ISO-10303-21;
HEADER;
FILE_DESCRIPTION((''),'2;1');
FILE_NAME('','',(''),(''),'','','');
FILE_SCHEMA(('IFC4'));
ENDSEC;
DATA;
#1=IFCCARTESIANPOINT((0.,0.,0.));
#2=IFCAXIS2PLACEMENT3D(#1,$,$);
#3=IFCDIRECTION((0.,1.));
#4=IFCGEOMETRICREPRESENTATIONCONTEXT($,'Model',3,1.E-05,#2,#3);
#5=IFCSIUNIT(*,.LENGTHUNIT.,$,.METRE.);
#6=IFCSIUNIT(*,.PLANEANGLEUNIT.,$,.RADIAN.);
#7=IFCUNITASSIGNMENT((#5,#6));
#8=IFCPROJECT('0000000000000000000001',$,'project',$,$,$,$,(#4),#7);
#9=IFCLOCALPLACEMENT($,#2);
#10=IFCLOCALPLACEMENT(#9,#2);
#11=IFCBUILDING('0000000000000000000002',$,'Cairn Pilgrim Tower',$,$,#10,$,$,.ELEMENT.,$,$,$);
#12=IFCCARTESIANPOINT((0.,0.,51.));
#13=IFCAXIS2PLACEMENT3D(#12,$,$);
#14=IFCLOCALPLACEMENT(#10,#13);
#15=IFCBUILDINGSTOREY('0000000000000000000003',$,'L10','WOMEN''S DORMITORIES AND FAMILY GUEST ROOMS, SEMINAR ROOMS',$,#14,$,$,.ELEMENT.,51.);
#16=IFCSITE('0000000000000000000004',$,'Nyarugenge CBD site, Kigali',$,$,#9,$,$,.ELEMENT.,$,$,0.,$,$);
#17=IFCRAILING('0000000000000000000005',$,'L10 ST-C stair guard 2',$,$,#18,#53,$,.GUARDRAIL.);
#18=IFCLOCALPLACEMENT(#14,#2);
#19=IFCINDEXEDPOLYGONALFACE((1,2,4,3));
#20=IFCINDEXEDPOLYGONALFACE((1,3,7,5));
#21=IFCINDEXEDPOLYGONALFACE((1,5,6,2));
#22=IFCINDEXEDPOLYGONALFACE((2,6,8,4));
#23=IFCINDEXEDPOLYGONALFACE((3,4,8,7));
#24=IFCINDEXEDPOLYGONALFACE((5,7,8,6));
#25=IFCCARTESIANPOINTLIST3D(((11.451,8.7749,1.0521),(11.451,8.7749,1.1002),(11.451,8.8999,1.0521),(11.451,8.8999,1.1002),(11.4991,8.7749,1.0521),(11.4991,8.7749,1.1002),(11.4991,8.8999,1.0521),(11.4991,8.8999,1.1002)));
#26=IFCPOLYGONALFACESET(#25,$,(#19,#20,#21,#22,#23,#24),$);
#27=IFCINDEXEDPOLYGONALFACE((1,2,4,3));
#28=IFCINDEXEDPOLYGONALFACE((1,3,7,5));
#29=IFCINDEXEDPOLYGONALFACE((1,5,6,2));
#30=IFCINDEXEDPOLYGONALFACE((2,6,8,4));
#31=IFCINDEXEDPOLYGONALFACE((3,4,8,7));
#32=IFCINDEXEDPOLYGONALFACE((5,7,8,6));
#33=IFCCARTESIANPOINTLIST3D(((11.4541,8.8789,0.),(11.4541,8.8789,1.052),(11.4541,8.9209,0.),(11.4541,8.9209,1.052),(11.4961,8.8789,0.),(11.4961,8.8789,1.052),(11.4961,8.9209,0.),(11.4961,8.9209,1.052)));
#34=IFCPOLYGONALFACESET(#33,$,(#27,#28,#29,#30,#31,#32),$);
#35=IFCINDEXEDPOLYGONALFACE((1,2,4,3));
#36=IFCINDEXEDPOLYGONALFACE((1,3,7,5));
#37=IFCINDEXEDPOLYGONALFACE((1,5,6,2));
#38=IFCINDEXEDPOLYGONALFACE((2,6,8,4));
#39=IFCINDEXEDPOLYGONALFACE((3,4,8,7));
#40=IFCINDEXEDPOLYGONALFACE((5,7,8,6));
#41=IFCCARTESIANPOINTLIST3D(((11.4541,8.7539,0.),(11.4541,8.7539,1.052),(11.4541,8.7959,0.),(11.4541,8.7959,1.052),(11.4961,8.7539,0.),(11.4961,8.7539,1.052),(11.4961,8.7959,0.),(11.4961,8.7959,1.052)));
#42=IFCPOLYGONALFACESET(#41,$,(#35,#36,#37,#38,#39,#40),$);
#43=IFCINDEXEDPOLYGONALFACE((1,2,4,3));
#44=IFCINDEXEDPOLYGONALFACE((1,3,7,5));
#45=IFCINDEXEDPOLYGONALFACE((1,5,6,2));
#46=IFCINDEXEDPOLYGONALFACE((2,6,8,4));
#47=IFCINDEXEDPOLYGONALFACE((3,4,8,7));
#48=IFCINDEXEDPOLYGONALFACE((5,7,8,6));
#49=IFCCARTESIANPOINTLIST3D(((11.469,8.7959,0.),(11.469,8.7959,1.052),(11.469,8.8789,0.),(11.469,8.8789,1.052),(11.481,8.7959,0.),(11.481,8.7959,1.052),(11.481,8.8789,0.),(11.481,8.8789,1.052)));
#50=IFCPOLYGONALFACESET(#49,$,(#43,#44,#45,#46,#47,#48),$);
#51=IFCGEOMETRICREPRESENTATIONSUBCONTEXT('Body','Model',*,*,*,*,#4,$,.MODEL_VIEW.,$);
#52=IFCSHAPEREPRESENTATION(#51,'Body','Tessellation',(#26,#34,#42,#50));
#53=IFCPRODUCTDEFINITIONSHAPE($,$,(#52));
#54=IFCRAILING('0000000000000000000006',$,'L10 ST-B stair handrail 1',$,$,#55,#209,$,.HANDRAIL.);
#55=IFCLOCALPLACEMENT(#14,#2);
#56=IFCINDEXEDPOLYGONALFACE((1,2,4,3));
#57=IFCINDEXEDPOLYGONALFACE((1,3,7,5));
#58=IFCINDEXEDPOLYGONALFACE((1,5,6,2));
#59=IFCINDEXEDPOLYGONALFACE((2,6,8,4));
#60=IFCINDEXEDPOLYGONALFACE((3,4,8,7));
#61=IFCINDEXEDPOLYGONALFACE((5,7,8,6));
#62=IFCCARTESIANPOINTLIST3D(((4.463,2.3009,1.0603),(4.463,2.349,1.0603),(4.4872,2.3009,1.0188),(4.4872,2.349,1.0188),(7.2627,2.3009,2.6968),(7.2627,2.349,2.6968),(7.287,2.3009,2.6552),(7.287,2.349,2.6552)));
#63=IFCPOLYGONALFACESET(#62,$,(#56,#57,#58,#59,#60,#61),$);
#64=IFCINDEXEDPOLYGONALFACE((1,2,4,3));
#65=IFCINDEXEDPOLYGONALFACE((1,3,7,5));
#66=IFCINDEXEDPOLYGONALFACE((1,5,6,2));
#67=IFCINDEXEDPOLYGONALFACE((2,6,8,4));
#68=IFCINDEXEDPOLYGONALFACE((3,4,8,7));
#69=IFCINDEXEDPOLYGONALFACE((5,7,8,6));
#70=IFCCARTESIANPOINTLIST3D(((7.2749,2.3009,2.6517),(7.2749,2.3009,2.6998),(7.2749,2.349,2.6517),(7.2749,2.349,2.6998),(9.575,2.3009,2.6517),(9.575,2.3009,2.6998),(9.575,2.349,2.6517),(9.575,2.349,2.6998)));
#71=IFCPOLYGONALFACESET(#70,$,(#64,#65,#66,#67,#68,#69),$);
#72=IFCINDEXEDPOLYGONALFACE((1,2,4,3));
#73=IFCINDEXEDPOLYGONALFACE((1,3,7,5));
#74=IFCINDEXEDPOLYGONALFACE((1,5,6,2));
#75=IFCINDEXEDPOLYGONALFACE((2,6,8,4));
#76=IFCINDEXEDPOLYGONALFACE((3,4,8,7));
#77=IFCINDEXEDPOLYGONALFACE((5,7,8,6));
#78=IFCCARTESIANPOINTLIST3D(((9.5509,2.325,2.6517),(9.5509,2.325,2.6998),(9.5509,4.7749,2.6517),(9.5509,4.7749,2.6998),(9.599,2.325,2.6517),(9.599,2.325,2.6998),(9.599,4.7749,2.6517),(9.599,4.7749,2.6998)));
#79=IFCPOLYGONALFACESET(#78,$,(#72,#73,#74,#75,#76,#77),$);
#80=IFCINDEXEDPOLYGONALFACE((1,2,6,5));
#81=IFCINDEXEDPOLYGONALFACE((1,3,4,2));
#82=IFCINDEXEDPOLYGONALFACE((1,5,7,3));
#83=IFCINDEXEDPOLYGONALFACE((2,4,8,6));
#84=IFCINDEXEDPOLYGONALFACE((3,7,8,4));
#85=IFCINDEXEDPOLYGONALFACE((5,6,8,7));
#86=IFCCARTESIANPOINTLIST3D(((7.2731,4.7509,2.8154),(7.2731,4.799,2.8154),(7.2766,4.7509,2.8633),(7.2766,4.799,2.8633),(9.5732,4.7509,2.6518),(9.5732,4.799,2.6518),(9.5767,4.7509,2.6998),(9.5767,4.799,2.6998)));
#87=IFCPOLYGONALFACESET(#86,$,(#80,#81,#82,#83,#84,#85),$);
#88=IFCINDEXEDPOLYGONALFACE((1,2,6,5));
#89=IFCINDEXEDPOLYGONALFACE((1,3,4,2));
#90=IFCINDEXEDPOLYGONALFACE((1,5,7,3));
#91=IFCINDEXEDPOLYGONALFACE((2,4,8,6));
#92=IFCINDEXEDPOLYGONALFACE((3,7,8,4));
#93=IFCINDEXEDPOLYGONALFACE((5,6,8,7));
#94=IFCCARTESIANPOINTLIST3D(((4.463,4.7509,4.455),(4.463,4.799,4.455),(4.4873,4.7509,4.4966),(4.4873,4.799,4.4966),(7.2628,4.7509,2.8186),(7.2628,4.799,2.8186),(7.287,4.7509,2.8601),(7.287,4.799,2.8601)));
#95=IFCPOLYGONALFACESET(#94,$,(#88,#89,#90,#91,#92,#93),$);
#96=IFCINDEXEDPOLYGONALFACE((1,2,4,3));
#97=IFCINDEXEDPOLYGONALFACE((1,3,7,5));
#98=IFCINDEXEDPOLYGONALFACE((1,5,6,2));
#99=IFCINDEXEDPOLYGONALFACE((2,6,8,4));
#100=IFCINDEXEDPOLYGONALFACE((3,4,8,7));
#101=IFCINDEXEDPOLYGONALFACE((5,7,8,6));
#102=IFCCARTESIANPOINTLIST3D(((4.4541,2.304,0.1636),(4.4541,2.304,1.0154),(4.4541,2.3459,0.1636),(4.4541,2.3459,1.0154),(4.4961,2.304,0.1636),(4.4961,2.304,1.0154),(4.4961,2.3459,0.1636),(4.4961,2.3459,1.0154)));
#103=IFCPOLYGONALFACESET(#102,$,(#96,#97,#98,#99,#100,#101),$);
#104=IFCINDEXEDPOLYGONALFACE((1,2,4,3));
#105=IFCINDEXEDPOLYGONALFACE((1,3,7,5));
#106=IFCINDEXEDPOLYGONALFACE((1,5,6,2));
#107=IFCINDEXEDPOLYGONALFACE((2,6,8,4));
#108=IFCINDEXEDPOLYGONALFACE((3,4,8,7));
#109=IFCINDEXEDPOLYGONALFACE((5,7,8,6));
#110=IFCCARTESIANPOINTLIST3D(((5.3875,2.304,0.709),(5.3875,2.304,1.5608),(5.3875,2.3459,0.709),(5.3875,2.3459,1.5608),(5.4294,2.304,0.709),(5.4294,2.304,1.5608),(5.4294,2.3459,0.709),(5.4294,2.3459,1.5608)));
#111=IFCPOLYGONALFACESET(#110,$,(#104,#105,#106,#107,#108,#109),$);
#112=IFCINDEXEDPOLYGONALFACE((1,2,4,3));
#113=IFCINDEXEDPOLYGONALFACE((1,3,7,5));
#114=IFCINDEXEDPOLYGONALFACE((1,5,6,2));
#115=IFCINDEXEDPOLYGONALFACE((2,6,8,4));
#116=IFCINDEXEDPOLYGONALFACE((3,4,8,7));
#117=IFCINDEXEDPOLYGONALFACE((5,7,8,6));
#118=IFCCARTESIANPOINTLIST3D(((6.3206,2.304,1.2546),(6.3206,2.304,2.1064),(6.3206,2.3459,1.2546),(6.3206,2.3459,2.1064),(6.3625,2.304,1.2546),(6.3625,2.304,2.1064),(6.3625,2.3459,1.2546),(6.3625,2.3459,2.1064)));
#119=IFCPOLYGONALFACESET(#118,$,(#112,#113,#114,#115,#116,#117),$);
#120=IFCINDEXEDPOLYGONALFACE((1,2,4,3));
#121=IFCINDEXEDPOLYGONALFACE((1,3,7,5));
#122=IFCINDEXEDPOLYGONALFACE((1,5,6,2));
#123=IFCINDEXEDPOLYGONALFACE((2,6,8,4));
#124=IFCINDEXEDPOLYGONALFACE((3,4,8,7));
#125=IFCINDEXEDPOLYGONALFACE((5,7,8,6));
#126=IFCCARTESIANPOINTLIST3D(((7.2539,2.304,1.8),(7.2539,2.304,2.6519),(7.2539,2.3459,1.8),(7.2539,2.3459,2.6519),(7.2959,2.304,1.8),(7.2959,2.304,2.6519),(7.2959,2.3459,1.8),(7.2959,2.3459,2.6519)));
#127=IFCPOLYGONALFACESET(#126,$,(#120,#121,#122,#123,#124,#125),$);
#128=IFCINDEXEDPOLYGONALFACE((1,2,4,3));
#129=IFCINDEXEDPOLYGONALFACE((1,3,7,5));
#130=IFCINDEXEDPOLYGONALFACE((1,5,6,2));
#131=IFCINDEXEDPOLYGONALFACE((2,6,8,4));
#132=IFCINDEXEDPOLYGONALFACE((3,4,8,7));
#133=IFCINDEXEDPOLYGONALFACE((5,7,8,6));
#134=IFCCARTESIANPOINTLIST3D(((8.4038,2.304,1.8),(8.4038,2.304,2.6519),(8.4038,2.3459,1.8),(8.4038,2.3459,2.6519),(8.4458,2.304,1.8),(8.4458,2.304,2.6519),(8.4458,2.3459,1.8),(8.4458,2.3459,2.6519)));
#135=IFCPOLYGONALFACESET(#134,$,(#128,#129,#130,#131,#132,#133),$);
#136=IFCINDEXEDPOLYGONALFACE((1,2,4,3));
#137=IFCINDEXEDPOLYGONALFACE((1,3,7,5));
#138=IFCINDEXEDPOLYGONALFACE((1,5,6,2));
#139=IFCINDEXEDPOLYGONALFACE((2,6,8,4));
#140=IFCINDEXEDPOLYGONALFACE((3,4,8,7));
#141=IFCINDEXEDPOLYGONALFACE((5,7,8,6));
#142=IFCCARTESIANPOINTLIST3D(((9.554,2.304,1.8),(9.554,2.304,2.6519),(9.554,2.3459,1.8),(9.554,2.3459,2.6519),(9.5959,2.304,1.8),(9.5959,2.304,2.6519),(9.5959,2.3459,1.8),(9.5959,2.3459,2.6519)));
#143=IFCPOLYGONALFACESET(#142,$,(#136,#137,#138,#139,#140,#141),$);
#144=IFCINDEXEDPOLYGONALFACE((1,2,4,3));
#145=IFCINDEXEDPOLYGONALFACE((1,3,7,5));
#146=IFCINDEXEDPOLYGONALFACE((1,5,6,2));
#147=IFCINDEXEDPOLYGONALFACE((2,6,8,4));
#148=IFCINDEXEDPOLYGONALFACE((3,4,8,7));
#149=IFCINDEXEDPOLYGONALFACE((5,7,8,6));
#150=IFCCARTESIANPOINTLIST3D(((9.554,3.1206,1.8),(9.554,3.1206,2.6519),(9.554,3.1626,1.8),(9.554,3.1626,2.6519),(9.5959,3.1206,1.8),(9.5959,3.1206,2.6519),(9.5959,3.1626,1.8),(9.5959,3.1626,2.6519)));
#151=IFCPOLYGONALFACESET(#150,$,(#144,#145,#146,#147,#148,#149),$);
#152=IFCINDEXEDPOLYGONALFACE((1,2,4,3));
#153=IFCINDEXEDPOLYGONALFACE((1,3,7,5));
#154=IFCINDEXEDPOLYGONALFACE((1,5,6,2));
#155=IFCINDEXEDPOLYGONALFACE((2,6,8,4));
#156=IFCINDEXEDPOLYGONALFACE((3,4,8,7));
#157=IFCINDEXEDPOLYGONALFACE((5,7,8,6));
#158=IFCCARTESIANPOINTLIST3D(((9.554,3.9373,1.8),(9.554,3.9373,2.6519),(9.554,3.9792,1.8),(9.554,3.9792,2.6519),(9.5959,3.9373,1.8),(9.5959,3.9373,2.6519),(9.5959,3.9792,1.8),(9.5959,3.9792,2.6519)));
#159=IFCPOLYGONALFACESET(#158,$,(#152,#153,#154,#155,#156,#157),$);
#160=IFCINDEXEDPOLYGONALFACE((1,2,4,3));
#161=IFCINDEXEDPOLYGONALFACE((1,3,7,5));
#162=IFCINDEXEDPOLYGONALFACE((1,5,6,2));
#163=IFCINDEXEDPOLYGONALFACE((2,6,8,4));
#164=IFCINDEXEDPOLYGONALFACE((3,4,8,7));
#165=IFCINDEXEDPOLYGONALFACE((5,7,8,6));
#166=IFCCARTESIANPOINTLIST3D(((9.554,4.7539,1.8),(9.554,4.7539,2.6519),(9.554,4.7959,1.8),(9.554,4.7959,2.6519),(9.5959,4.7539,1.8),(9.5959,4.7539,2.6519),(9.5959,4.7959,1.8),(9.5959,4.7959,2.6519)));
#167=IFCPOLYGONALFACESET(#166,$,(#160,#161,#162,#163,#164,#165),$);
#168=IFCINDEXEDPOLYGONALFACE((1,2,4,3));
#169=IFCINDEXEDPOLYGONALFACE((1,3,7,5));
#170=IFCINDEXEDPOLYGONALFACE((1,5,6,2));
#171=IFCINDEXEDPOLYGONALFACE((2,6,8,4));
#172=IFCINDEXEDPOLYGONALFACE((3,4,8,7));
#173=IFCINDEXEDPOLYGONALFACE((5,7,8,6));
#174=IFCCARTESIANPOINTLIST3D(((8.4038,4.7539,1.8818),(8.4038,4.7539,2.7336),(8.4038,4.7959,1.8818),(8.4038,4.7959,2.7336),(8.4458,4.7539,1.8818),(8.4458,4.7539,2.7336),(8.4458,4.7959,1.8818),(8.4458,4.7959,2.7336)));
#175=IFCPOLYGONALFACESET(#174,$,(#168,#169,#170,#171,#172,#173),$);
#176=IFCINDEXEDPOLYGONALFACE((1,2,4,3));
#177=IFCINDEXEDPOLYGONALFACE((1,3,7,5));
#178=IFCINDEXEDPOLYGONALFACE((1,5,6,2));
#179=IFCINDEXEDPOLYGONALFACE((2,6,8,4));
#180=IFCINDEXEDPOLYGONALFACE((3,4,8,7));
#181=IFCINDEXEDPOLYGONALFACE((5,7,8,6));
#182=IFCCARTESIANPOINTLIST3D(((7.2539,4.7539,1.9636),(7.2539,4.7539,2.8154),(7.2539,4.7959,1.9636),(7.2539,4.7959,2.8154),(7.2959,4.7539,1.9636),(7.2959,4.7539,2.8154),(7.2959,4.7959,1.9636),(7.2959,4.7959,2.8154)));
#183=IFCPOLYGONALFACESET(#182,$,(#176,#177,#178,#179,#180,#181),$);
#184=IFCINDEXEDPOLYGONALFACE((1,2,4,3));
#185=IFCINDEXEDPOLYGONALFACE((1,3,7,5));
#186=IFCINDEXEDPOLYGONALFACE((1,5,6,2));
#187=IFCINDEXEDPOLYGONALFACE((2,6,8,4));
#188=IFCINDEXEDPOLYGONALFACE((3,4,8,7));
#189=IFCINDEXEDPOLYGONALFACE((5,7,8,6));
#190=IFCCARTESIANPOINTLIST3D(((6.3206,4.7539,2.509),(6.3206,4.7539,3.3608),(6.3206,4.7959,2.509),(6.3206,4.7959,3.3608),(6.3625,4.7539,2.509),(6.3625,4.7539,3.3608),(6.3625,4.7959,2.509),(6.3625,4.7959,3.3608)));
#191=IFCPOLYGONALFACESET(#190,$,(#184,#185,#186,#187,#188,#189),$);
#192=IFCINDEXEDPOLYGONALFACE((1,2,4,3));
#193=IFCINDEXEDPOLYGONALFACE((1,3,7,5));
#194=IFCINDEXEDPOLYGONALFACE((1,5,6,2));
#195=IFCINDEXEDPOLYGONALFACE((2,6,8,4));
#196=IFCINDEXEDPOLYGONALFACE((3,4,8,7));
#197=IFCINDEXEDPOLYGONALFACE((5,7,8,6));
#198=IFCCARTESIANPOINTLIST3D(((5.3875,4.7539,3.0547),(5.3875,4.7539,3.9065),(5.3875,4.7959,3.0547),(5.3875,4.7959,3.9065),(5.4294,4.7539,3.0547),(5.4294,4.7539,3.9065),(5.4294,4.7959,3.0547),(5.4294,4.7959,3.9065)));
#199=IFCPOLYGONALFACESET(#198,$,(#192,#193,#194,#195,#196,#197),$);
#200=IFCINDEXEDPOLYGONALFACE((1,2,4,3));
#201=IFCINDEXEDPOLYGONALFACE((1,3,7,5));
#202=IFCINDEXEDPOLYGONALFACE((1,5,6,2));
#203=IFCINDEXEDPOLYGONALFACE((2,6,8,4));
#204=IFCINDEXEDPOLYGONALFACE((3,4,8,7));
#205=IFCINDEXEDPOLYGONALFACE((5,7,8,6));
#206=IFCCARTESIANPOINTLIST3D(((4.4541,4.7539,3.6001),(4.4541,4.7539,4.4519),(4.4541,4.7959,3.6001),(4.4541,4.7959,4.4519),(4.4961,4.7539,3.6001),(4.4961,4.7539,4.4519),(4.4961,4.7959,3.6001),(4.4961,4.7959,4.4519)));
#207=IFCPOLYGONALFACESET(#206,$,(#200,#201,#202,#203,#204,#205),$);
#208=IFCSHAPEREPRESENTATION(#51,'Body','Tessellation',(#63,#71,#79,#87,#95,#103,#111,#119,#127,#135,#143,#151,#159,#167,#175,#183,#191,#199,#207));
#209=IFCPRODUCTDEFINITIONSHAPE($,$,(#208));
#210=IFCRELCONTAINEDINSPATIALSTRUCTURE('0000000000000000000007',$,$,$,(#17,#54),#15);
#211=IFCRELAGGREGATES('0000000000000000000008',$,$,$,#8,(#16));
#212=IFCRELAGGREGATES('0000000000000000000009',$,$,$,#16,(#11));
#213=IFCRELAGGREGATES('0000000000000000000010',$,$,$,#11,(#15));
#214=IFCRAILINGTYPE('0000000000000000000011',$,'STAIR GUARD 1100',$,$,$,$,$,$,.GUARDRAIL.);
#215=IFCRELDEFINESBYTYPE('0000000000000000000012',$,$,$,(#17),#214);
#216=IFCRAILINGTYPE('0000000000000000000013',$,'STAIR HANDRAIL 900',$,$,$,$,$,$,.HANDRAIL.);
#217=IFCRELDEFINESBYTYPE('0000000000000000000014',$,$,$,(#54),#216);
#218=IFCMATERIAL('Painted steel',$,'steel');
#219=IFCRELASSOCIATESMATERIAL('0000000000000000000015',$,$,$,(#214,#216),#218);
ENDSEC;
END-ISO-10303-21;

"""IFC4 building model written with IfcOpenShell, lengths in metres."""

from ifc_helpers import new_model, si_unit, direction, frame, origin, origin_2d, place, context, subcontext, project, spatial, polyline, rectangle, outline, extrude, material, type_object, element, save


model = new_model("IFC4")

# Units and contexts
model_context = context("Model", 3, precision=1e-05, world=origin(), true_north=direction((0.0, 1.0)))
body_context = subcontext(model_context, "Body", "Model", "MODEL_VIEW")
ifc_project = project(units=[si_unit("LENGTHUNIT", "METRE"), si_unit("PLANEANGLEUNIT", "RADIAN")], contexts=[model_context])

# Site, building, storey
site_placement = place(None, origin())
site = spatial("IfcSite", under=ifc_project, at=site_placement, Name="Nyarugenge CBD site, Kigali", CompositionType="ELEMENT", RefElevation=0.0)
building_placement = place(site_placement, origin())
building = spatial("IfcBuilding", under=site, at=building_placement, Name="Cairn Pilgrim Tower", CompositionType="ELEMENT")
storey_placement = place(building_placement, frame((0.0, 0.0, 51.0)))
storey = spatial("IfcBuildingStorey", under=building, at=storey_placement, Name="L10", Description="WOMEN'S DORMITORIES AND FAMILY GUEST ROOMS, SEMINAR ROOMS", CompositionType="ELEMENT", Elevation=51.0)

# Shared definitions
ifc_material_1 = material(Name="Painted steel", Category="steel")

# Railings
railing_type_1 = type_object("IfcRailingType", Name="STAIR GUARD 1100", PredefinedType="GUARDRAIL", material=ifc_material_1)
railing_1_placement = place(storey_placement, frame((11.4751, 8.8999, 0.0)))
element("IfcRailing", 1, at=railing_1_placement, inside=storey, type_object=railing_type_1, Name="L10 ST-C stair guard 2", PredefinedType="GUARDRAIL", context=body_context, shape_type="SweptSolid", body=[
    extrude(rectangle(XDim=0.0481, YDim=0.0481, at=origin_2d()), frame((0.0, 0.0, 1.0762), z_axis=(0.0, -1.0, 0.0), x_axis=(1.0, 0.0, 0.0)), (0.0, 0.0, 1.0), 0.125),
    extrude(rectangle(XDim=0.042, YDim=0.042, at=origin_2d()), origin(), (0.0, 0.0, 1.0), 1.052),
    extrude(rectangle(XDim=0.042, YDim=0.042, at=origin_2d()), frame((0.0, -0.125, 0.0)), (0.0, 0.0, 1.0), 1.052),
    extrude(outline(polyline([(0.021, 0.0), (0.104, 0.0), (0.104, 1.052), (0.021, 1.052), (0.021, 0.0)])), frame((0.0059, 0.0, 0.0), z_axis=(-1.0, 0.0, 0.0), x_axis=(0.0, -1.0, 0.0)), (0.0, 0.0, 1.0), 0.012),
])
railing_type_2 = type_object("IfcRailingType", Name="STAIR HANDRAIL 900", PredefinedType="HANDRAIL", material=ifc_material_1)
railing_2_placement = place(storey_placement, frame((4.4751, 2.325, 0.1636)))
element("IfcRailing", 2, at=railing_2_placement, inside=storey, type_object=railing_type_2, Name="L10 ST-B stair handrail 1", PredefinedType="HANDRAIL", context=body_context, shape_type="SweptSolid", body=[
    extrude(rectangle(XDim=0.0481, YDim=0.0481, at=origin_2d()), frame((0.0, 0.0, 0.876), z_axis=(0.863342, 0.0, 0.50462), x_axis=(0.0, 1.0, 0.0)), (0.0, 0.0, 1.0), 3.2429),
    extrude(rectangle(XDim=0.0481, YDim=0.0481, at=origin_2d()), frame((2.7998, 0.0, 2.5122), z_axis=(1.0, 0.0, 0.0), x_axis=(0.0, 1.0, 0.0)), (0.0, 0.0, 1.0), 2.3),
    extrude(rectangle(XDim=0.0481, YDim=0.0481, at=origin_2d()), frame((5.0999, 0.0, 2.5122), z_axis=(0.0, 1.0, 0.0), x_axis=(-1.0, 0.0, 0.0)), (0.0, 0.0, 1.0), 2.45),
    extrude(rectangle(XDim=0.0481, YDim=0.0481, at=origin_2d()), frame((5.0999, 2.45, 2.5122), z_axis=(-0.997481, 0.0, 0.070939), x_axis=(0.0, -1.0, 0.0)), (0.0, 0.0, 1.0), 2.3059),
    extrude(rectangle(XDim=0.0481, YDim=0.0481, at=origin_2d()), frame((2.7998, 2.45, 2.6758), z_axis=(-0.863342, 0.0, 0.50462), x_axis=(0.0, -1.0, 0.0)), (0.0, 0.0, 1.0), 3.2429),
    extrude(rectangle(XDim=0.042, YDim=0.042, at=origin_2d()), origin(), (0.0, 0.0, 1.0), 0.8518),
    extrude(rectangle(XDim=0.042, YDim=0.042, at=origin_2d()), frame((0.9333, 0.0, 0.5454)), (0.0, 0.0, 1.0), 0.8518),
    extrude(rectangle(XDim=0.042, YDim=0.042, at=origin_2d()), frame((1.8665, 0.0, 1.0911)), (0.0, 0.0, 1.0), 0.8518),
    extrude(rectangle(XDim=0.042, YDim=0.042, at=origin_2d()), frame((2.7998, 0.0, 1.6365)), (0.0, 0.0, 1.0), 0.8518),
    extrude(rectangle(XDim=0.042, YDim=0.042, at=origin_2d()), frame((3.9497, 0.0, 1.6365)), (0.0, 0.0, 1.0), 0.8518),
    extrude(rectangle(XDim=0.042, YDim=0.042, at=origin_2d()), frame((5.0999, 0.0, 1.6365)), (0.0, 0.0, 1.0), 0.8518),
    extrude(rectangle(XDim=0.042, YDim=0.042, at=origin_2d()), frame((5.0999, 0.8167, 1.6365)), (0.0, 0.0, 1.0), 0.8518),
    extrude(rectangle(XDim=0.042, YDim=0.042, at=origin_2d()), frame((5.0999, 1.6333, 1.6365)), (0.0, 0.0, 1.0), 0.8518),
    extrude(rectangle(XDim=0.042, YDim=0.042, at=origin_2d()), frame((5.0999, 2.45, 1.6365)), (0.0, 0.0, 1.0), 0.8518),
    extrude(rectangle(XDim=0.042, YDim=0.042, at=origin_2d()), frame((3.9497, 2.45, 1.7183)), (0.0, 0.0, 1.0), 0.8518),
    extrude(rectangle(XDim=0.042, YDim=0.042, at=origin_2d()), frame((2.7998, 2.45, 1.8)), (0.0, 0.0, 1.0), 0.8518),
    extrude(rectangle(XDim=0.042, YDim=0.042, at=origin_2d()), frame((1.8665, 2.45, 2.3455)), (0.0, 0.0, 1.0), 0.8518),
    extrude(rectangle(XDim=0.042, YDim=0.042, at=origin_2d()), frame((0.9333, 2.45, 2.8911)), (0.0, 0.0, 1.0), 0.8518),
    extrude(rectangle(XDim=0.042, YDim=0.042, at=origin_2d()), frame((0.0, 2.45, 3.4365)), (0.0, 0.0, 1.0), 0.8518),
])

save(model, "model.ifc")
